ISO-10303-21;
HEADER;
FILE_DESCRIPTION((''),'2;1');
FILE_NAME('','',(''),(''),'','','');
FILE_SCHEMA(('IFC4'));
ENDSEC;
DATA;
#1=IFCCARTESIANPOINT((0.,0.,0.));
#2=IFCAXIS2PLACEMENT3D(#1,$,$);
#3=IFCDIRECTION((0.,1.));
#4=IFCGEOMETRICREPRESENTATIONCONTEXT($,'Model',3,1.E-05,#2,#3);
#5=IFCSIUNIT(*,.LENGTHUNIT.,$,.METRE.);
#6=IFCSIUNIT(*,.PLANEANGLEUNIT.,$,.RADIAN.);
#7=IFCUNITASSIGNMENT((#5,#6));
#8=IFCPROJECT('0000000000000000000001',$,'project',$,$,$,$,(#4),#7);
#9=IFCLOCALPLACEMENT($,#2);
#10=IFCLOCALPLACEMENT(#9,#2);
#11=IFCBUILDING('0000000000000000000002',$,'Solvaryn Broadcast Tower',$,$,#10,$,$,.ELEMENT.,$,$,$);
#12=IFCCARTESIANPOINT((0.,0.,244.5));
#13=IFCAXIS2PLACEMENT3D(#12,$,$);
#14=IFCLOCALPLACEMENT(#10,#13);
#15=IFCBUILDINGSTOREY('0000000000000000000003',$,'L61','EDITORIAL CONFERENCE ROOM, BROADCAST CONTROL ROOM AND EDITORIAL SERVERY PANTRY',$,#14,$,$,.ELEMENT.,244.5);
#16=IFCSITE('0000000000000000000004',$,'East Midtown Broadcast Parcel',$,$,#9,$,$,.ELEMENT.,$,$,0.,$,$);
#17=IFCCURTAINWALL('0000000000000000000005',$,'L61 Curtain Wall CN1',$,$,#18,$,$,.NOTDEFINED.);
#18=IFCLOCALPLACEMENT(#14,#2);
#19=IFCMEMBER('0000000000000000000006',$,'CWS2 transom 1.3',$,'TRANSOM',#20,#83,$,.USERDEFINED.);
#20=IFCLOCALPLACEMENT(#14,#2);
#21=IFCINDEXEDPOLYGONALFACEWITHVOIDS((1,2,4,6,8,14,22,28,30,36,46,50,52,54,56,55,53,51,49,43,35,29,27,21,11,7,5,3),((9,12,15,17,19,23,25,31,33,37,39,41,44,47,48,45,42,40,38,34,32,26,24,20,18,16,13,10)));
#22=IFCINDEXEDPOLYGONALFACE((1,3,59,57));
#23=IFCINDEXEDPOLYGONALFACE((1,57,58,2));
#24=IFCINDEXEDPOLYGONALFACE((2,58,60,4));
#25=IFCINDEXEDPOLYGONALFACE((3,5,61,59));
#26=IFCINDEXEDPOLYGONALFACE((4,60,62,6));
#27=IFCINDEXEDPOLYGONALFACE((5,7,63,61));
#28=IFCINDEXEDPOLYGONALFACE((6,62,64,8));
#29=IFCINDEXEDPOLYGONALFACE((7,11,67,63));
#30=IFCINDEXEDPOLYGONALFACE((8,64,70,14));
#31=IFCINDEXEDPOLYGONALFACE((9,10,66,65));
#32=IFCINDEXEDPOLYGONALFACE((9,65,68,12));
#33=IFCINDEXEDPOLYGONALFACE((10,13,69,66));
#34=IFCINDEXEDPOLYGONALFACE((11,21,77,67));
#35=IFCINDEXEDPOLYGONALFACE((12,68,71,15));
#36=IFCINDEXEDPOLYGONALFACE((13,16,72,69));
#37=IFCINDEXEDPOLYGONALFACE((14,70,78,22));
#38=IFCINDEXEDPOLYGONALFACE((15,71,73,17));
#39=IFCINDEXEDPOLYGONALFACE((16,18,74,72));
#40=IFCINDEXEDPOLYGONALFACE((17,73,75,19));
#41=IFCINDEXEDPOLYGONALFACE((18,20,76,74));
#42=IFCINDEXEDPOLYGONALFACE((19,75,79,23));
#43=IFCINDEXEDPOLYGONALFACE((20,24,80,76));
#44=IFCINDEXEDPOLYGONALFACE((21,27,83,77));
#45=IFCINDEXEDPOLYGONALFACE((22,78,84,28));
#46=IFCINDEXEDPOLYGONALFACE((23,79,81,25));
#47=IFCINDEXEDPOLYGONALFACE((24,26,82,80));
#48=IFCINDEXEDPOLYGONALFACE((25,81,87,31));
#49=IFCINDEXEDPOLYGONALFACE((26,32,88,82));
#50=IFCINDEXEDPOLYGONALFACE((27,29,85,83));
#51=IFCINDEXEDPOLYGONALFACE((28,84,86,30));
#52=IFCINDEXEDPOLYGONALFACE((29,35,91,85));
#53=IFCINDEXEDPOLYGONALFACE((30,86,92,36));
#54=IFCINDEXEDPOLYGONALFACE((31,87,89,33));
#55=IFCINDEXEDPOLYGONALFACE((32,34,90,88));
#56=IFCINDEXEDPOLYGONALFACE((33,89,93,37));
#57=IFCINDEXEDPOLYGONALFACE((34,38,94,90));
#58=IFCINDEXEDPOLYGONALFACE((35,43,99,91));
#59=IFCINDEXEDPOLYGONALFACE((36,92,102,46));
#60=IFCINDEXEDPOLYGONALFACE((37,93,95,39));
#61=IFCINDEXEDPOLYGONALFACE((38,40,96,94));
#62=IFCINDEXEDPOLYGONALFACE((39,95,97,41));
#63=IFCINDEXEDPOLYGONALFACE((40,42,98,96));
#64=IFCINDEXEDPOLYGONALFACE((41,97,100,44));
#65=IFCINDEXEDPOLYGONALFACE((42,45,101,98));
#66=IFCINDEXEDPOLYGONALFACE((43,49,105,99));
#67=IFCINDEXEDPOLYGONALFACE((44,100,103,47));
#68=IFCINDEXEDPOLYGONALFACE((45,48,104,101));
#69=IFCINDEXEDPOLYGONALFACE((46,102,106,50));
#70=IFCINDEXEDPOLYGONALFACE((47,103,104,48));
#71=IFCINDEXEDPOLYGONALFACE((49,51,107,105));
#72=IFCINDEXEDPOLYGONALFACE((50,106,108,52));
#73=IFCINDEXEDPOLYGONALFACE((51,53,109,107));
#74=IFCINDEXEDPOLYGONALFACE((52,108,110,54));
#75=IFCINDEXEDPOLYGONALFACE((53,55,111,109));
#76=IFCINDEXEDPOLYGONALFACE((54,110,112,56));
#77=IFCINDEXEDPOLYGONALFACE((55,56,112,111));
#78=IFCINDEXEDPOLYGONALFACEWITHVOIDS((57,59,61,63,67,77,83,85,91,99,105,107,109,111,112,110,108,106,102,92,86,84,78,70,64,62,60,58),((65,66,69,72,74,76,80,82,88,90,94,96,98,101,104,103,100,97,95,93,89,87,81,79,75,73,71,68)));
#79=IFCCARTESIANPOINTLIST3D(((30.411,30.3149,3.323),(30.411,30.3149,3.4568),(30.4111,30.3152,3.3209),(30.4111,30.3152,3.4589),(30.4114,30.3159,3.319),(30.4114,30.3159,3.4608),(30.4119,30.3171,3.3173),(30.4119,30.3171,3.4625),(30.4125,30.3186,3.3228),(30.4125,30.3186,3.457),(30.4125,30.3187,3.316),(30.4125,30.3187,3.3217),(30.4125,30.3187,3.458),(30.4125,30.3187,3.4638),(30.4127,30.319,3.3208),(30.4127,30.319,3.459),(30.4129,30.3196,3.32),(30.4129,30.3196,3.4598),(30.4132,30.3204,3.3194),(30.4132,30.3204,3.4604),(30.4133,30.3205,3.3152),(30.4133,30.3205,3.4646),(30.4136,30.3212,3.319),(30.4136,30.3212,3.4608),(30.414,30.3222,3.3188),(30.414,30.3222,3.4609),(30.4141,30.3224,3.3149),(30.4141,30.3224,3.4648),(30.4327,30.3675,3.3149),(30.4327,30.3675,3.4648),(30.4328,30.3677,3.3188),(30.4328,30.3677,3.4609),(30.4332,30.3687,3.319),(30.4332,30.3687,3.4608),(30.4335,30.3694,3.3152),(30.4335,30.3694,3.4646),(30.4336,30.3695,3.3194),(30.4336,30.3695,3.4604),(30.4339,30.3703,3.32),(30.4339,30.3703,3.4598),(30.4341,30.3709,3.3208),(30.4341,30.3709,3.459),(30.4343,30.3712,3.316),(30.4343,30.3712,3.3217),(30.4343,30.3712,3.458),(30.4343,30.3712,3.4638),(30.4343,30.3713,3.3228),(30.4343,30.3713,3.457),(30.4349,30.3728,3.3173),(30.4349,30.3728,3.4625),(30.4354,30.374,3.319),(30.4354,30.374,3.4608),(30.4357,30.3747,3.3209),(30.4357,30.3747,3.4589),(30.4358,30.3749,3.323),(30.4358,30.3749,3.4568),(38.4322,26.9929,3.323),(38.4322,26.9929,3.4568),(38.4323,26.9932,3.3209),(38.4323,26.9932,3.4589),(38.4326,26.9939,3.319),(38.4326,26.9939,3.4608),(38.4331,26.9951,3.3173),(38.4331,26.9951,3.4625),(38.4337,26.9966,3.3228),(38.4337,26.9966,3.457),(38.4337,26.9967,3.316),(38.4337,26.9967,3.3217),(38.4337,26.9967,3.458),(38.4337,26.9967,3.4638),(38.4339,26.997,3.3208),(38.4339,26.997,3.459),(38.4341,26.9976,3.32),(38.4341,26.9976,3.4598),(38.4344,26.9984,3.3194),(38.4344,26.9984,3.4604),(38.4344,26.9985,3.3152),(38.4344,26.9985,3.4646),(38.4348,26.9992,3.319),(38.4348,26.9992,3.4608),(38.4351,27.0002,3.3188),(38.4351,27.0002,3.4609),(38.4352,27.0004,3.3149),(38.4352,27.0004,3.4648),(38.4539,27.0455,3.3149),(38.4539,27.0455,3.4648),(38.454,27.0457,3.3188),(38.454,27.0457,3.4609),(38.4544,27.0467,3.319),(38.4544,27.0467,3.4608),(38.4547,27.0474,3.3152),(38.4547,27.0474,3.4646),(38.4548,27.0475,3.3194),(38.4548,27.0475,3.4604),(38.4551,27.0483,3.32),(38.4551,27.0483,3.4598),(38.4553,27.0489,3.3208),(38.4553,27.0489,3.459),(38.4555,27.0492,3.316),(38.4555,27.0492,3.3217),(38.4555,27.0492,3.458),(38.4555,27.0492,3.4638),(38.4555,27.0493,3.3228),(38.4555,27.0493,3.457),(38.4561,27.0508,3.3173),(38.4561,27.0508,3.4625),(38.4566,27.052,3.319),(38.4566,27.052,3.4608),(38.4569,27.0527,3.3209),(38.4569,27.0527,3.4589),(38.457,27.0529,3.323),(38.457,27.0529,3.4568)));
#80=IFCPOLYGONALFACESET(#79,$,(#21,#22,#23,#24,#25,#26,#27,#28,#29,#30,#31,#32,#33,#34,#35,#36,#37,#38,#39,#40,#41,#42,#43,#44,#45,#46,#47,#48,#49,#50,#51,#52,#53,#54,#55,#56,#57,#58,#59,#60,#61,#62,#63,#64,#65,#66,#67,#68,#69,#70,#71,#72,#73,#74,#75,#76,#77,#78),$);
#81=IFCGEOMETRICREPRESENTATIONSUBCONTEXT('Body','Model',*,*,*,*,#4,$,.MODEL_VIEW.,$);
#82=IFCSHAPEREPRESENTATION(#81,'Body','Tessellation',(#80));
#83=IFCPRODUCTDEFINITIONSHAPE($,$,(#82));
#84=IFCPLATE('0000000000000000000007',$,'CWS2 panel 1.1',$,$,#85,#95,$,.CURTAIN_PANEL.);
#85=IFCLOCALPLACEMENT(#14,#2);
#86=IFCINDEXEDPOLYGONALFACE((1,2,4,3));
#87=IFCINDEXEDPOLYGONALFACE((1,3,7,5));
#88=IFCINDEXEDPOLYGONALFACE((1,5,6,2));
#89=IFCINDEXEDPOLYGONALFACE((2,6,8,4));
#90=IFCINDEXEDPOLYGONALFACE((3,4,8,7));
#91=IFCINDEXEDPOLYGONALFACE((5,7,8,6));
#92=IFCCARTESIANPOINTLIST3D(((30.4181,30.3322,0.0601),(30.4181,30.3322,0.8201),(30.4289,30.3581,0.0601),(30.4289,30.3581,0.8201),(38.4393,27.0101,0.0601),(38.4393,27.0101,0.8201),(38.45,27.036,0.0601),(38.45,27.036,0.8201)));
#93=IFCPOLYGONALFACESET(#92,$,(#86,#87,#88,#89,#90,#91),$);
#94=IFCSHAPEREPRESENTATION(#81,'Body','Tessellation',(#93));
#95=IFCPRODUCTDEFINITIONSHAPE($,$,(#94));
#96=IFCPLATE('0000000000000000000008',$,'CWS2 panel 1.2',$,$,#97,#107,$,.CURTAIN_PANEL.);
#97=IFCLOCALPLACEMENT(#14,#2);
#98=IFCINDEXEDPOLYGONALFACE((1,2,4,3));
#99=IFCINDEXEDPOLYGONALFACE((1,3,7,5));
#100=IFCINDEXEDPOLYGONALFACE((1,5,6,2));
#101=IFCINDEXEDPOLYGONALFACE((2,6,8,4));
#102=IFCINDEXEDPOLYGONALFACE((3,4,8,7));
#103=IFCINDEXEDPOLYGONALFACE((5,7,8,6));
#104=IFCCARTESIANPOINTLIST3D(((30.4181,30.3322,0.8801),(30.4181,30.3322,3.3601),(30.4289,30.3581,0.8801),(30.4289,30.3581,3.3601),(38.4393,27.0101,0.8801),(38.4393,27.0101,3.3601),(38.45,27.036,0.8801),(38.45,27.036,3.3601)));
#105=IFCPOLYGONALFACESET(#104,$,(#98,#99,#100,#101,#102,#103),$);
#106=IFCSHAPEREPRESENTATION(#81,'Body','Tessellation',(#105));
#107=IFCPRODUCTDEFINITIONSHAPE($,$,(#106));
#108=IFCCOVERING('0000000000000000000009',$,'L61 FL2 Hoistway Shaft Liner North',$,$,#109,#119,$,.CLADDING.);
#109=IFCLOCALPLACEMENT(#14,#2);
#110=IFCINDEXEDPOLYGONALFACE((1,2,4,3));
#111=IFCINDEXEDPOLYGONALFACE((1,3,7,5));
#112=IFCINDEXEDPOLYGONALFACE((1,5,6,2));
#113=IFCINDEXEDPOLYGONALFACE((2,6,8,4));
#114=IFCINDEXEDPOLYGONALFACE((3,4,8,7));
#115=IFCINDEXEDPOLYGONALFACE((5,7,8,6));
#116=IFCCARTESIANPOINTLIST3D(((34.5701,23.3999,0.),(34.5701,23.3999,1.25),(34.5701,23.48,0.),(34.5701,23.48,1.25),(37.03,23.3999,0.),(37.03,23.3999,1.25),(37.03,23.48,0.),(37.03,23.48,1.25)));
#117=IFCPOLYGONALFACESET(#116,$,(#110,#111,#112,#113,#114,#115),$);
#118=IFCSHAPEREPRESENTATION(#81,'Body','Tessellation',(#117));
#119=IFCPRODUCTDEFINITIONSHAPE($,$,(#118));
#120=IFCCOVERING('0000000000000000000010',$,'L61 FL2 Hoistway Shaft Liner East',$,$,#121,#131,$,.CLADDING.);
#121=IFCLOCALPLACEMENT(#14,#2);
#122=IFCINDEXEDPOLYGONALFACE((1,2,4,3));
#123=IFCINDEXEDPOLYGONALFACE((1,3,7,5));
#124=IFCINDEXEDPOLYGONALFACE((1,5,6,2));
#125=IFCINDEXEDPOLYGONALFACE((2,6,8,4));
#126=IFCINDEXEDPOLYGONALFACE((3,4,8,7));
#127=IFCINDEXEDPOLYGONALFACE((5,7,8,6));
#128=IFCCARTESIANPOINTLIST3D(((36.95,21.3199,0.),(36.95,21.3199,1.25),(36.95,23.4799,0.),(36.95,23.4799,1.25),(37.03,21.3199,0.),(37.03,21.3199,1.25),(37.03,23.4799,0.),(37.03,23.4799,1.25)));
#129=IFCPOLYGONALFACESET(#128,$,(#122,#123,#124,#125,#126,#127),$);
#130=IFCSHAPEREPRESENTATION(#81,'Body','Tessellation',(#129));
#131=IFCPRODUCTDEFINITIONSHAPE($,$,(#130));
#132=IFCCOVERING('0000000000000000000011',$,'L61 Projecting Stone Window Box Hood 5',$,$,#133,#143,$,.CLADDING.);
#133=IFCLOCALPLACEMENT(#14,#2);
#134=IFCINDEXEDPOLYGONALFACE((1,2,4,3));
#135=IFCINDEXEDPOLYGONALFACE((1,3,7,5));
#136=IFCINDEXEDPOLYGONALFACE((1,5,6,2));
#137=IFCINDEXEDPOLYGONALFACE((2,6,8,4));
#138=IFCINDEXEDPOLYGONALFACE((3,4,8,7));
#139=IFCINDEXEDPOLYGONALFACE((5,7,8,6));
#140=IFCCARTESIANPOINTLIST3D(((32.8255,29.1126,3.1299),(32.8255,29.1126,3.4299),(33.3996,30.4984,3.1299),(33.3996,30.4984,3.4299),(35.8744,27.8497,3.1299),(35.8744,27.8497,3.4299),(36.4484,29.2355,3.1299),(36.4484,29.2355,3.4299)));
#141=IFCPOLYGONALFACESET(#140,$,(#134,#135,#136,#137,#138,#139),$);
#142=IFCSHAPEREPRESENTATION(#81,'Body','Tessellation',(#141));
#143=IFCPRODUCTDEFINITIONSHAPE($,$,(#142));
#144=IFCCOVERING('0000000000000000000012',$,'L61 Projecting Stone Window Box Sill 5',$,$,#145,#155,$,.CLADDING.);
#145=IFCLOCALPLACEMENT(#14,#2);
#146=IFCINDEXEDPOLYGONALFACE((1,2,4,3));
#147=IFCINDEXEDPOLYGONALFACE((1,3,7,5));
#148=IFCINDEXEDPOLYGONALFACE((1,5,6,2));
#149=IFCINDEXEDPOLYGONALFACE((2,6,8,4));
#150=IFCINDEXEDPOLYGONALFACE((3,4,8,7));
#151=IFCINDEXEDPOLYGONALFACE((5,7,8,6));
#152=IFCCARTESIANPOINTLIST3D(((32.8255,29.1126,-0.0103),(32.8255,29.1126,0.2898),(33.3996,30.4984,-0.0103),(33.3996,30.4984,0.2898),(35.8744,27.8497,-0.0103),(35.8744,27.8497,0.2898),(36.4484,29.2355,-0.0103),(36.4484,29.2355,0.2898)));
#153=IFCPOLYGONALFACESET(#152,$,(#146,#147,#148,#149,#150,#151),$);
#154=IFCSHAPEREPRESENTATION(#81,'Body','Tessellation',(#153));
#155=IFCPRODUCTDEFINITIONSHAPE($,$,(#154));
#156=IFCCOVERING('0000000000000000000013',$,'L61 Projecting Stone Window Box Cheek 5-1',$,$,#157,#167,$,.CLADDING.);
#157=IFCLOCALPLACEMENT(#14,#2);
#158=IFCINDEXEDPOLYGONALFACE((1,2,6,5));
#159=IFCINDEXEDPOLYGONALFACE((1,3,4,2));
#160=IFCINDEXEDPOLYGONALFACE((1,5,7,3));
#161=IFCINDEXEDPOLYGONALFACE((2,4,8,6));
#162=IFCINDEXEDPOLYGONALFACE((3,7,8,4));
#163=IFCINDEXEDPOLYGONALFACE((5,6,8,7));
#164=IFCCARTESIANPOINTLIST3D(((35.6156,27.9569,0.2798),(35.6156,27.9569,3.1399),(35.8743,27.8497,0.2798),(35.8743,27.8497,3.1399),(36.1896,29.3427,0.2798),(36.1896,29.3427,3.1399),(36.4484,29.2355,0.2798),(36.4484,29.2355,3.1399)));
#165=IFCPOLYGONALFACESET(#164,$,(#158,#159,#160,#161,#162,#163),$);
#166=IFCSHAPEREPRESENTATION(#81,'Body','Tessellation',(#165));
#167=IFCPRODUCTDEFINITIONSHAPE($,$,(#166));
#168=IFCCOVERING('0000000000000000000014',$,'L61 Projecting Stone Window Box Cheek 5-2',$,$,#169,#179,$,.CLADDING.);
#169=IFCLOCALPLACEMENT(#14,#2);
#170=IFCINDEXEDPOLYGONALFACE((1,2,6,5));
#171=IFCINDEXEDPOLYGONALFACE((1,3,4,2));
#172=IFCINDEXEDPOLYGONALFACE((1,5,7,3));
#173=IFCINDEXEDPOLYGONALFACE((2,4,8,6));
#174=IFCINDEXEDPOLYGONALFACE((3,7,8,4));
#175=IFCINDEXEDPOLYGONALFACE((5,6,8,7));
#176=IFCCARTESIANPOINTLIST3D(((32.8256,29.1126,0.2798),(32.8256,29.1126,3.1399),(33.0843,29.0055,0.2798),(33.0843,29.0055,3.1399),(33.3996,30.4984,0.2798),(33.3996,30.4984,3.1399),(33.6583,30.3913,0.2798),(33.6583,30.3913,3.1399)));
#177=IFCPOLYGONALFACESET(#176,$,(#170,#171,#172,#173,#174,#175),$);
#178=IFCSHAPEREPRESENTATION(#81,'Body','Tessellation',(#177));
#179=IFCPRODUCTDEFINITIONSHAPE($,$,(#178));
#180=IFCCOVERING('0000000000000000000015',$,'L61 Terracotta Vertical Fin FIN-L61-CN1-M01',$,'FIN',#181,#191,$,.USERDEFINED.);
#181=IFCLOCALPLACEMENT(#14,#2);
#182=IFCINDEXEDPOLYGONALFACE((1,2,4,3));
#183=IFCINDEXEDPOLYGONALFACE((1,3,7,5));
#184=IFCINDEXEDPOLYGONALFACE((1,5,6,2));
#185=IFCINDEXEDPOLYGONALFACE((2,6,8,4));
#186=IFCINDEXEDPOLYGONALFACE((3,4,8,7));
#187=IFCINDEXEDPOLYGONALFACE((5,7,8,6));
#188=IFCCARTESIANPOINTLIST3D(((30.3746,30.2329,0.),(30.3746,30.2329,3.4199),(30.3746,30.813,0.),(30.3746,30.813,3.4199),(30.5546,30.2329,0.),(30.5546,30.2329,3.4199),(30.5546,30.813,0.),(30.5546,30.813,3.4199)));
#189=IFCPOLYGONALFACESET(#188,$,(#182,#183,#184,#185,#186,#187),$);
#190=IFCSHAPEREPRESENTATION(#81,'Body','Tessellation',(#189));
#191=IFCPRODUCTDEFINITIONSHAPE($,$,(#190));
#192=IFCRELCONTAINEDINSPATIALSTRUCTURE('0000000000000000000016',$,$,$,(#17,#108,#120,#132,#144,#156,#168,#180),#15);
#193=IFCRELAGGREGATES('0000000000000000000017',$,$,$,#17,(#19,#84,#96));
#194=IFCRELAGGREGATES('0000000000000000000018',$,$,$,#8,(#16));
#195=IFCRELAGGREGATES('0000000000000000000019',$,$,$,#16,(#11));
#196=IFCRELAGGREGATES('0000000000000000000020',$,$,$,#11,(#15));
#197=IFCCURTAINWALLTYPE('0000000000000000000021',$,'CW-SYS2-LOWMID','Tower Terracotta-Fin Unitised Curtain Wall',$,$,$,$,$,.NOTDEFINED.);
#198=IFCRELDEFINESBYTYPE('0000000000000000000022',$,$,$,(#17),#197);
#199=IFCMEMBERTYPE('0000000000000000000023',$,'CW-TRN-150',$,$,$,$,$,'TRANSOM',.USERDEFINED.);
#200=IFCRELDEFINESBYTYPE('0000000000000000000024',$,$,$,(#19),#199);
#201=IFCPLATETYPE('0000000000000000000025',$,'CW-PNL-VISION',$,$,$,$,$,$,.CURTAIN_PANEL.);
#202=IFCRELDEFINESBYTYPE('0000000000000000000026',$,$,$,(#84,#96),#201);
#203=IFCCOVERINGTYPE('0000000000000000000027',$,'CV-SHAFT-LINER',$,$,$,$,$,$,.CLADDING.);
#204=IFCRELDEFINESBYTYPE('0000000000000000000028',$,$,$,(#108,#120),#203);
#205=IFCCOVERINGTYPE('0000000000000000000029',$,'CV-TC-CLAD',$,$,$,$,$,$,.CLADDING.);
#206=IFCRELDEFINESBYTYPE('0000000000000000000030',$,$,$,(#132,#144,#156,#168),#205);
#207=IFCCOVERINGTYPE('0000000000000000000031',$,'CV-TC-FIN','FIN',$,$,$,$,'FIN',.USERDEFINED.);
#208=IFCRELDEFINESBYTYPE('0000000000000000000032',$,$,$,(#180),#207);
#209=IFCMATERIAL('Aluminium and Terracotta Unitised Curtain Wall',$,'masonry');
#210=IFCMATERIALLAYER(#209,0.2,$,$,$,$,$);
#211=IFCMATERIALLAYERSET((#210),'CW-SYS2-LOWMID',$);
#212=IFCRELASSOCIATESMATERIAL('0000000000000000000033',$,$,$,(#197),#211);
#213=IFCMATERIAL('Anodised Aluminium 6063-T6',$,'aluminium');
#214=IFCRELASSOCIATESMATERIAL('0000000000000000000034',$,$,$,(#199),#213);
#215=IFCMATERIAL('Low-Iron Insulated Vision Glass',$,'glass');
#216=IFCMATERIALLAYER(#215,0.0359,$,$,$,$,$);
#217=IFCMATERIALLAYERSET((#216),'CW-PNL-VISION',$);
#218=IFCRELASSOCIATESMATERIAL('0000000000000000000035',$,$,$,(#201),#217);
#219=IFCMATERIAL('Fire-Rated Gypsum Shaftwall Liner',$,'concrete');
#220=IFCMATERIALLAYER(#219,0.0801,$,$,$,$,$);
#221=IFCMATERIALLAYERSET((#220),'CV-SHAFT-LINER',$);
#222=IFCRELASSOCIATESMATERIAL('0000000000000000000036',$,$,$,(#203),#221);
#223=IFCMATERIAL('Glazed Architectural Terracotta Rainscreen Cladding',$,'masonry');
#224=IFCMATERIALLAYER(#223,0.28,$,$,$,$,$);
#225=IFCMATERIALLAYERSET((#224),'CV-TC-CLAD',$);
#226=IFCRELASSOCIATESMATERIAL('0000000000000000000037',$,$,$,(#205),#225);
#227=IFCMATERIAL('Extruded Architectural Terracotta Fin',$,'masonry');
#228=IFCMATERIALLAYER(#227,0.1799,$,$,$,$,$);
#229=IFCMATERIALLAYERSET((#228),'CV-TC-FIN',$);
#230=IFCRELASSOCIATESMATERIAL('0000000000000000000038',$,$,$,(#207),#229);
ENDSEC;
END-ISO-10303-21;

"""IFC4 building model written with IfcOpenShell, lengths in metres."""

from ifc_helpers import new_model, si_unit, direction, frame, origin, origin_2d, place, context, subcontext, project, spatial, rectangle, hollow_rectangle, extrude, material, layer, layer_set, material_profile, profile_set, type_object, element, aggregate, save


model = new_model("IFC4")

# Units and contexts
model_context = context("Model", 3, precision=1e-05, world=origin(), true_north=direction((0.0, 1.0)))
body_context = subcontext(model_context, "Body", "Model", "MODEL_VIEW")
ifc_project = project(units=[si_unit("LENGTHUNIT", "METRE"), si_unit("PLANEANGLEUNIT", "RADIAN")], contexts=[model_context])

# Site, building, storey
site_placement = place(None, origin())
site = spatial("IfcSite", under=ifc_project, at=site_placement, Name="East Midtown Broadcast Parcel", CompositionType="ELEMENT", RefElevation=0.0)
building_placement = place(site_placement, origin())
building = spatial("IfcBuilding", under=site, at=building_placement, Name="Solvaryn Broadcast Tower", CompositionType="ELEMENT")
storey_placement = place(building_placement, frame((0.0, 0.0, 244.5)))
storey = spatial("IfcBuildingStorey", under=building, at=storey_placement, Name="L61", Description="EDITORIAL CONFERENCE ROOM, BROADCAST CONTROL ROOM AND EDITORIAL SERVERY PANTRY", CompositionType="ELEMENT", Elevation=244.5)

# Curtain wall
ifc_material_1 = material(Name="Aluminium and Terracotta Unitised Curtain Wall", Category="masonry")
ifc_layer_1 = layer(ifc_material_1, 0.2)
ifc_layer_set_1 = layer_set([ifc_layer_1], Name="CW-SYS2-LOWMID")
curtain_wall_type = type_object("IfcCurtainWallType", Name="CW-SYS2-LOWMID", Description="Tower Terracotta-Fin Unitised Curtain Wall", PredefinedType="NOTDEFINED", material=ifc_layer_set_1)
curtain_wall_1_placement = place(storey_placement, origin())
curtain_wall_1 = element("IfcCurtainWall", 1, at=curtain_wall_1_placement, inside=storey, type_object=curtain_wall_type, Name="L61 Curtain Wall CN1", PredefinedType="NOTDEFINED")

# Member
ifc_material_2 = material(Name="Anodised Aluminium 6063-T6", Category="aluminium")
ifc_material_profile_1 = material_profile(ifc_material_2, hollow_rectangle(XDim=0.0649, YDim=0.1499, WallThickness=0.0039, InnerFilletRadius=0.0039, OuterFilletRadius=0.0081, at=origin_2d()))
ifc_profile_set_1 = profile_set([ifc_material_profile_1], Name="Anodised Aluminium 6063-T6")
member_type_1 = type_object("IfcMemberType", Name="CW-TRN-150", ElementType="TRANSOM", PredefinedType="USERDEFINED", material=ifc_profile_set_1)
member_1_placement = place(storey_placement, frame((38.4446, 27.0229, 3.3899), z_axis=(-0.923899, 0.382636, 0.0), x_axis=(-0.382636, -0.923899, 0.0)))
member_1 = element("IfcMember", 2, at=member_1_placement, type_object=member_type_1, Name="CWS2 transom 1.3", ObjectType="TRANSOM", PredefinedType="USERDEFINED", context=body_context, shape_type="SweptSolid", body=[
    extrude(hollow_rectangle(XDim=0.0649, YDim=0.1499, WallThickness=0.0039, InnerFilletRadius=0.0039, OuterFilletRadius=0.0081, at=origin_2d()), origin(), (0.0, 0.0, 1.0), 8.6819),
])

# Plates
ifc_material_3 = material(Name="Low-Iron Insulated Vision Glass", Category="glass")
ifc_layer_2 = layer(ifc_material_3, 0.0359)
ifc_layer_set_2 = layer_set([ifc_layer_2], Name="CW-PNL-VISION")
plate_type = type_object("IfcPlateType", Name="CW-PNL-VISION", PredefinedType="CURTAIN_PANEL", material=ifc_layer_set_2)
plate_1_placement = place(storey_placement, frame((34.4341, 28.6841, 0.0601), z_axis=(0.0, 0.0, 1.0), x_axis=(-0.923895, 0.382646, 0.0)))
plate_1 = element("IfcPlate", 3, at=plate_1_placement, type_object=plate_type, Name="CWS2 panel 1.1", PredefinedType="CURTAIN_PANEL", context=body_context, shape_type="SweptSolid", body=[
    extrude(rectangle(XDim=8.6819, YDim=0.0281, at=origin_2d()), origin(), (0.0, 0.0, 1.0), 0.76),
])
plate_2_placement = place(storey_placement, frame((34.4341, 28.6841, 0.8801), z_axis=(0.0, 0.0, 1.0), x_axis=(-0.923895, 0.382646, 0.0)))
plate_2 = element("IfcPlate", 4, at=plate_2_placement, type_object=plate_type, Name="CWS2 panel 1.2", PredefinedType="CURTAIN_PANEL", context=body_context, shape_type="SweptSolid", body=[
    extrude(rectangle(XDim=8.6819, YDim=0.0281, at=origin_2d()), origin(), (0.0, 0.0, 1.0), 2.48),
])
aggregate(curtain_wall_1, [member_1, plate_1, plate_2])

# Coverings
ifc_material_4 = material(Name="Fire-Rated Gypsum Shaftwall Liner", Category="concrete")
ifc_layer_3 = layer(ifc_material_4, 0.0801)
ifc_layer_set_3 = layer_set([ifc_layer_3], Name="CV-SHAFT-LINER")
covering_type_1 = type_object("IfcCoveringType", Name="CV-SHAFT-LINER", PredefinedType="CLADDING", material=ifc_layer_set_3)
covering_1_placement = place(storey_placement, frame((35.8, 23.4399, 0.0), z_axis=(0.0, 0.0, 1.0), x_axis=(1.0, 0.0, 0.0)))
element("IfcCovering", 5, at=covering_1_placement, inside=storey, type_object=covering_type_1, Name="L61 FL2 Hoistway Shaft Liner North", PredefinedType="CLADDING", context=body_context, shape_type="SweptSolid", body=[
    extrude(rectangle(XDim=2.46, YDim=0.0801, at=origin_2d()), origin(), (0.0, 0.0, 1.0), 1.25),
])
covering_2_placement = place(storey_placement, frame((36.99, 22.3999, 0.0), z_axis=(0.0, 0.0, 1.0), x_axis=(1.0, 0.0, 0.0)))
element("IfcCovering", 6, at=covering_2_placement, inside=storey, type_object=covering_type_1, Name="L61 FL2 Hoistway Shaft Liner East", PredefinedType="CLADDING", context=body_context, shape_type="SweptSolid", body=[
    extrude(rectangle(XDim=0.0801, YDim=2.1599, at=origin_2d()), origin(), (0.0, 0.0, 1.0), 1.25),
])
ifc_material_5 = material(Name="Glazed Architectural Terracotta Rainscreen Cladding", Category="masonry")
ifc_layer_4 = layer(ifc_material_5, 0.28)
ifc_layer_set_4 = layer_set([ifc_layer_4], Name="CV-TC-CLAD")
covering_type_2 = type_object("IfcCoveringType", Name="CV-TC-CLAD", PredefinedType="CLADDING", material=ifc_layer_set_4)
for number, where, z_axis, x_axis, name in (
    (7, (34.637, 29.1741, 3.1299), (0.0, 0.0, 1.0), (-0.92388, 0.382683, 0.0), "L61 Projecting Stone Window Box Hood 5"),
    (8, (34.637, 29.1741, -0.0103), (0.0, 0.0, 1.0), (-0.92388, 0.382683, 0.0), "L61 Projecting Stone Window Box Sill 5"),
):
    element("IfcCovering", number, at=place(storey_placement, frame(where, z_axis=z_axis, x_axis=x_axis)), inside=storey, type_object=covering_type_2, Name=name, PredefinedType="CLADDING", context=body_context, shape_type="SweptSolid", body=[
        extrude(rectangle(XDim=3.3, YDim=1.5, at=origin_2d()), origin(), (0.0, 0.0, 1.0), 0.3),
    ])
for number, where, z_axis, x_axis, name in (
    (9, (36.032, 28.5962, 0.2798), (0.0, 0.0, 1.0), (-0.92388, 0.382683, 0.0), "L61 Projecting Stone Window Box Cheek 5-1"),
    (10, (33.2419, 29.752, 0.2798), (0.0, 0.0, 1.0), (-0.92388, 0.382683, 0.0), "L61 Projecting Stone Window Box Cheek 5-2"),
):
    element("IfcCovering", number, at=place(storey_placement, frame(where, z_axis=z_axis, x_axis=x_axis)), inside=storey, type_object=covering_type_2, Name=name, PredefinedType="CLADDING", context=body_context, shape_type="SweptSolid", body=[
        extrude(rectangle(XDim=0.28, YDim=1.5, at=origin_2d()), origin(), (0.0, 0.0, 1.0), 2.8601),
    ])
ifc_material_6 = material(Name="Extruded Architectural Terracotta Fin", Category="masonry")
ifc_layer_5 = layer(ifc_material_6, 0.1799)
ifc_layer_set_5 = layer_set([ifc_layer_5], Name="CV-TC-FIN")
covering_type_3 = type_object("IfcCoveringType", Name="CV-TC-FIN", Description="FIN", ElementType="FIN", PredefinedType="USERDEFINED", material=ifc_layer_set_5)
covering_3_placement = place(storey_placement, frame((30.4646, 30.5229, 0.0), z_axis=(0.0, 0.0, 1.0), x_axis=(1.0, 0.0, 0.0)))
element("IfcCovering", 11, at=covering_3_placement, inside=storey, type_object=covering_type_3, Name="L61 Terracotta Vertical Fin FIN-L61-CN1-M01", ObjectType="FIN", PredefinedType="USERDEFINED", context=body_context, shape_type="SweptSolid", body=[
    extrude(rectangle(XDim=0.1799, YDim=0.5801, at=origin_2d()), origin(), (0.0, 0.0, 1.0), 3.4199),
])

save(model, "model.ifc")
